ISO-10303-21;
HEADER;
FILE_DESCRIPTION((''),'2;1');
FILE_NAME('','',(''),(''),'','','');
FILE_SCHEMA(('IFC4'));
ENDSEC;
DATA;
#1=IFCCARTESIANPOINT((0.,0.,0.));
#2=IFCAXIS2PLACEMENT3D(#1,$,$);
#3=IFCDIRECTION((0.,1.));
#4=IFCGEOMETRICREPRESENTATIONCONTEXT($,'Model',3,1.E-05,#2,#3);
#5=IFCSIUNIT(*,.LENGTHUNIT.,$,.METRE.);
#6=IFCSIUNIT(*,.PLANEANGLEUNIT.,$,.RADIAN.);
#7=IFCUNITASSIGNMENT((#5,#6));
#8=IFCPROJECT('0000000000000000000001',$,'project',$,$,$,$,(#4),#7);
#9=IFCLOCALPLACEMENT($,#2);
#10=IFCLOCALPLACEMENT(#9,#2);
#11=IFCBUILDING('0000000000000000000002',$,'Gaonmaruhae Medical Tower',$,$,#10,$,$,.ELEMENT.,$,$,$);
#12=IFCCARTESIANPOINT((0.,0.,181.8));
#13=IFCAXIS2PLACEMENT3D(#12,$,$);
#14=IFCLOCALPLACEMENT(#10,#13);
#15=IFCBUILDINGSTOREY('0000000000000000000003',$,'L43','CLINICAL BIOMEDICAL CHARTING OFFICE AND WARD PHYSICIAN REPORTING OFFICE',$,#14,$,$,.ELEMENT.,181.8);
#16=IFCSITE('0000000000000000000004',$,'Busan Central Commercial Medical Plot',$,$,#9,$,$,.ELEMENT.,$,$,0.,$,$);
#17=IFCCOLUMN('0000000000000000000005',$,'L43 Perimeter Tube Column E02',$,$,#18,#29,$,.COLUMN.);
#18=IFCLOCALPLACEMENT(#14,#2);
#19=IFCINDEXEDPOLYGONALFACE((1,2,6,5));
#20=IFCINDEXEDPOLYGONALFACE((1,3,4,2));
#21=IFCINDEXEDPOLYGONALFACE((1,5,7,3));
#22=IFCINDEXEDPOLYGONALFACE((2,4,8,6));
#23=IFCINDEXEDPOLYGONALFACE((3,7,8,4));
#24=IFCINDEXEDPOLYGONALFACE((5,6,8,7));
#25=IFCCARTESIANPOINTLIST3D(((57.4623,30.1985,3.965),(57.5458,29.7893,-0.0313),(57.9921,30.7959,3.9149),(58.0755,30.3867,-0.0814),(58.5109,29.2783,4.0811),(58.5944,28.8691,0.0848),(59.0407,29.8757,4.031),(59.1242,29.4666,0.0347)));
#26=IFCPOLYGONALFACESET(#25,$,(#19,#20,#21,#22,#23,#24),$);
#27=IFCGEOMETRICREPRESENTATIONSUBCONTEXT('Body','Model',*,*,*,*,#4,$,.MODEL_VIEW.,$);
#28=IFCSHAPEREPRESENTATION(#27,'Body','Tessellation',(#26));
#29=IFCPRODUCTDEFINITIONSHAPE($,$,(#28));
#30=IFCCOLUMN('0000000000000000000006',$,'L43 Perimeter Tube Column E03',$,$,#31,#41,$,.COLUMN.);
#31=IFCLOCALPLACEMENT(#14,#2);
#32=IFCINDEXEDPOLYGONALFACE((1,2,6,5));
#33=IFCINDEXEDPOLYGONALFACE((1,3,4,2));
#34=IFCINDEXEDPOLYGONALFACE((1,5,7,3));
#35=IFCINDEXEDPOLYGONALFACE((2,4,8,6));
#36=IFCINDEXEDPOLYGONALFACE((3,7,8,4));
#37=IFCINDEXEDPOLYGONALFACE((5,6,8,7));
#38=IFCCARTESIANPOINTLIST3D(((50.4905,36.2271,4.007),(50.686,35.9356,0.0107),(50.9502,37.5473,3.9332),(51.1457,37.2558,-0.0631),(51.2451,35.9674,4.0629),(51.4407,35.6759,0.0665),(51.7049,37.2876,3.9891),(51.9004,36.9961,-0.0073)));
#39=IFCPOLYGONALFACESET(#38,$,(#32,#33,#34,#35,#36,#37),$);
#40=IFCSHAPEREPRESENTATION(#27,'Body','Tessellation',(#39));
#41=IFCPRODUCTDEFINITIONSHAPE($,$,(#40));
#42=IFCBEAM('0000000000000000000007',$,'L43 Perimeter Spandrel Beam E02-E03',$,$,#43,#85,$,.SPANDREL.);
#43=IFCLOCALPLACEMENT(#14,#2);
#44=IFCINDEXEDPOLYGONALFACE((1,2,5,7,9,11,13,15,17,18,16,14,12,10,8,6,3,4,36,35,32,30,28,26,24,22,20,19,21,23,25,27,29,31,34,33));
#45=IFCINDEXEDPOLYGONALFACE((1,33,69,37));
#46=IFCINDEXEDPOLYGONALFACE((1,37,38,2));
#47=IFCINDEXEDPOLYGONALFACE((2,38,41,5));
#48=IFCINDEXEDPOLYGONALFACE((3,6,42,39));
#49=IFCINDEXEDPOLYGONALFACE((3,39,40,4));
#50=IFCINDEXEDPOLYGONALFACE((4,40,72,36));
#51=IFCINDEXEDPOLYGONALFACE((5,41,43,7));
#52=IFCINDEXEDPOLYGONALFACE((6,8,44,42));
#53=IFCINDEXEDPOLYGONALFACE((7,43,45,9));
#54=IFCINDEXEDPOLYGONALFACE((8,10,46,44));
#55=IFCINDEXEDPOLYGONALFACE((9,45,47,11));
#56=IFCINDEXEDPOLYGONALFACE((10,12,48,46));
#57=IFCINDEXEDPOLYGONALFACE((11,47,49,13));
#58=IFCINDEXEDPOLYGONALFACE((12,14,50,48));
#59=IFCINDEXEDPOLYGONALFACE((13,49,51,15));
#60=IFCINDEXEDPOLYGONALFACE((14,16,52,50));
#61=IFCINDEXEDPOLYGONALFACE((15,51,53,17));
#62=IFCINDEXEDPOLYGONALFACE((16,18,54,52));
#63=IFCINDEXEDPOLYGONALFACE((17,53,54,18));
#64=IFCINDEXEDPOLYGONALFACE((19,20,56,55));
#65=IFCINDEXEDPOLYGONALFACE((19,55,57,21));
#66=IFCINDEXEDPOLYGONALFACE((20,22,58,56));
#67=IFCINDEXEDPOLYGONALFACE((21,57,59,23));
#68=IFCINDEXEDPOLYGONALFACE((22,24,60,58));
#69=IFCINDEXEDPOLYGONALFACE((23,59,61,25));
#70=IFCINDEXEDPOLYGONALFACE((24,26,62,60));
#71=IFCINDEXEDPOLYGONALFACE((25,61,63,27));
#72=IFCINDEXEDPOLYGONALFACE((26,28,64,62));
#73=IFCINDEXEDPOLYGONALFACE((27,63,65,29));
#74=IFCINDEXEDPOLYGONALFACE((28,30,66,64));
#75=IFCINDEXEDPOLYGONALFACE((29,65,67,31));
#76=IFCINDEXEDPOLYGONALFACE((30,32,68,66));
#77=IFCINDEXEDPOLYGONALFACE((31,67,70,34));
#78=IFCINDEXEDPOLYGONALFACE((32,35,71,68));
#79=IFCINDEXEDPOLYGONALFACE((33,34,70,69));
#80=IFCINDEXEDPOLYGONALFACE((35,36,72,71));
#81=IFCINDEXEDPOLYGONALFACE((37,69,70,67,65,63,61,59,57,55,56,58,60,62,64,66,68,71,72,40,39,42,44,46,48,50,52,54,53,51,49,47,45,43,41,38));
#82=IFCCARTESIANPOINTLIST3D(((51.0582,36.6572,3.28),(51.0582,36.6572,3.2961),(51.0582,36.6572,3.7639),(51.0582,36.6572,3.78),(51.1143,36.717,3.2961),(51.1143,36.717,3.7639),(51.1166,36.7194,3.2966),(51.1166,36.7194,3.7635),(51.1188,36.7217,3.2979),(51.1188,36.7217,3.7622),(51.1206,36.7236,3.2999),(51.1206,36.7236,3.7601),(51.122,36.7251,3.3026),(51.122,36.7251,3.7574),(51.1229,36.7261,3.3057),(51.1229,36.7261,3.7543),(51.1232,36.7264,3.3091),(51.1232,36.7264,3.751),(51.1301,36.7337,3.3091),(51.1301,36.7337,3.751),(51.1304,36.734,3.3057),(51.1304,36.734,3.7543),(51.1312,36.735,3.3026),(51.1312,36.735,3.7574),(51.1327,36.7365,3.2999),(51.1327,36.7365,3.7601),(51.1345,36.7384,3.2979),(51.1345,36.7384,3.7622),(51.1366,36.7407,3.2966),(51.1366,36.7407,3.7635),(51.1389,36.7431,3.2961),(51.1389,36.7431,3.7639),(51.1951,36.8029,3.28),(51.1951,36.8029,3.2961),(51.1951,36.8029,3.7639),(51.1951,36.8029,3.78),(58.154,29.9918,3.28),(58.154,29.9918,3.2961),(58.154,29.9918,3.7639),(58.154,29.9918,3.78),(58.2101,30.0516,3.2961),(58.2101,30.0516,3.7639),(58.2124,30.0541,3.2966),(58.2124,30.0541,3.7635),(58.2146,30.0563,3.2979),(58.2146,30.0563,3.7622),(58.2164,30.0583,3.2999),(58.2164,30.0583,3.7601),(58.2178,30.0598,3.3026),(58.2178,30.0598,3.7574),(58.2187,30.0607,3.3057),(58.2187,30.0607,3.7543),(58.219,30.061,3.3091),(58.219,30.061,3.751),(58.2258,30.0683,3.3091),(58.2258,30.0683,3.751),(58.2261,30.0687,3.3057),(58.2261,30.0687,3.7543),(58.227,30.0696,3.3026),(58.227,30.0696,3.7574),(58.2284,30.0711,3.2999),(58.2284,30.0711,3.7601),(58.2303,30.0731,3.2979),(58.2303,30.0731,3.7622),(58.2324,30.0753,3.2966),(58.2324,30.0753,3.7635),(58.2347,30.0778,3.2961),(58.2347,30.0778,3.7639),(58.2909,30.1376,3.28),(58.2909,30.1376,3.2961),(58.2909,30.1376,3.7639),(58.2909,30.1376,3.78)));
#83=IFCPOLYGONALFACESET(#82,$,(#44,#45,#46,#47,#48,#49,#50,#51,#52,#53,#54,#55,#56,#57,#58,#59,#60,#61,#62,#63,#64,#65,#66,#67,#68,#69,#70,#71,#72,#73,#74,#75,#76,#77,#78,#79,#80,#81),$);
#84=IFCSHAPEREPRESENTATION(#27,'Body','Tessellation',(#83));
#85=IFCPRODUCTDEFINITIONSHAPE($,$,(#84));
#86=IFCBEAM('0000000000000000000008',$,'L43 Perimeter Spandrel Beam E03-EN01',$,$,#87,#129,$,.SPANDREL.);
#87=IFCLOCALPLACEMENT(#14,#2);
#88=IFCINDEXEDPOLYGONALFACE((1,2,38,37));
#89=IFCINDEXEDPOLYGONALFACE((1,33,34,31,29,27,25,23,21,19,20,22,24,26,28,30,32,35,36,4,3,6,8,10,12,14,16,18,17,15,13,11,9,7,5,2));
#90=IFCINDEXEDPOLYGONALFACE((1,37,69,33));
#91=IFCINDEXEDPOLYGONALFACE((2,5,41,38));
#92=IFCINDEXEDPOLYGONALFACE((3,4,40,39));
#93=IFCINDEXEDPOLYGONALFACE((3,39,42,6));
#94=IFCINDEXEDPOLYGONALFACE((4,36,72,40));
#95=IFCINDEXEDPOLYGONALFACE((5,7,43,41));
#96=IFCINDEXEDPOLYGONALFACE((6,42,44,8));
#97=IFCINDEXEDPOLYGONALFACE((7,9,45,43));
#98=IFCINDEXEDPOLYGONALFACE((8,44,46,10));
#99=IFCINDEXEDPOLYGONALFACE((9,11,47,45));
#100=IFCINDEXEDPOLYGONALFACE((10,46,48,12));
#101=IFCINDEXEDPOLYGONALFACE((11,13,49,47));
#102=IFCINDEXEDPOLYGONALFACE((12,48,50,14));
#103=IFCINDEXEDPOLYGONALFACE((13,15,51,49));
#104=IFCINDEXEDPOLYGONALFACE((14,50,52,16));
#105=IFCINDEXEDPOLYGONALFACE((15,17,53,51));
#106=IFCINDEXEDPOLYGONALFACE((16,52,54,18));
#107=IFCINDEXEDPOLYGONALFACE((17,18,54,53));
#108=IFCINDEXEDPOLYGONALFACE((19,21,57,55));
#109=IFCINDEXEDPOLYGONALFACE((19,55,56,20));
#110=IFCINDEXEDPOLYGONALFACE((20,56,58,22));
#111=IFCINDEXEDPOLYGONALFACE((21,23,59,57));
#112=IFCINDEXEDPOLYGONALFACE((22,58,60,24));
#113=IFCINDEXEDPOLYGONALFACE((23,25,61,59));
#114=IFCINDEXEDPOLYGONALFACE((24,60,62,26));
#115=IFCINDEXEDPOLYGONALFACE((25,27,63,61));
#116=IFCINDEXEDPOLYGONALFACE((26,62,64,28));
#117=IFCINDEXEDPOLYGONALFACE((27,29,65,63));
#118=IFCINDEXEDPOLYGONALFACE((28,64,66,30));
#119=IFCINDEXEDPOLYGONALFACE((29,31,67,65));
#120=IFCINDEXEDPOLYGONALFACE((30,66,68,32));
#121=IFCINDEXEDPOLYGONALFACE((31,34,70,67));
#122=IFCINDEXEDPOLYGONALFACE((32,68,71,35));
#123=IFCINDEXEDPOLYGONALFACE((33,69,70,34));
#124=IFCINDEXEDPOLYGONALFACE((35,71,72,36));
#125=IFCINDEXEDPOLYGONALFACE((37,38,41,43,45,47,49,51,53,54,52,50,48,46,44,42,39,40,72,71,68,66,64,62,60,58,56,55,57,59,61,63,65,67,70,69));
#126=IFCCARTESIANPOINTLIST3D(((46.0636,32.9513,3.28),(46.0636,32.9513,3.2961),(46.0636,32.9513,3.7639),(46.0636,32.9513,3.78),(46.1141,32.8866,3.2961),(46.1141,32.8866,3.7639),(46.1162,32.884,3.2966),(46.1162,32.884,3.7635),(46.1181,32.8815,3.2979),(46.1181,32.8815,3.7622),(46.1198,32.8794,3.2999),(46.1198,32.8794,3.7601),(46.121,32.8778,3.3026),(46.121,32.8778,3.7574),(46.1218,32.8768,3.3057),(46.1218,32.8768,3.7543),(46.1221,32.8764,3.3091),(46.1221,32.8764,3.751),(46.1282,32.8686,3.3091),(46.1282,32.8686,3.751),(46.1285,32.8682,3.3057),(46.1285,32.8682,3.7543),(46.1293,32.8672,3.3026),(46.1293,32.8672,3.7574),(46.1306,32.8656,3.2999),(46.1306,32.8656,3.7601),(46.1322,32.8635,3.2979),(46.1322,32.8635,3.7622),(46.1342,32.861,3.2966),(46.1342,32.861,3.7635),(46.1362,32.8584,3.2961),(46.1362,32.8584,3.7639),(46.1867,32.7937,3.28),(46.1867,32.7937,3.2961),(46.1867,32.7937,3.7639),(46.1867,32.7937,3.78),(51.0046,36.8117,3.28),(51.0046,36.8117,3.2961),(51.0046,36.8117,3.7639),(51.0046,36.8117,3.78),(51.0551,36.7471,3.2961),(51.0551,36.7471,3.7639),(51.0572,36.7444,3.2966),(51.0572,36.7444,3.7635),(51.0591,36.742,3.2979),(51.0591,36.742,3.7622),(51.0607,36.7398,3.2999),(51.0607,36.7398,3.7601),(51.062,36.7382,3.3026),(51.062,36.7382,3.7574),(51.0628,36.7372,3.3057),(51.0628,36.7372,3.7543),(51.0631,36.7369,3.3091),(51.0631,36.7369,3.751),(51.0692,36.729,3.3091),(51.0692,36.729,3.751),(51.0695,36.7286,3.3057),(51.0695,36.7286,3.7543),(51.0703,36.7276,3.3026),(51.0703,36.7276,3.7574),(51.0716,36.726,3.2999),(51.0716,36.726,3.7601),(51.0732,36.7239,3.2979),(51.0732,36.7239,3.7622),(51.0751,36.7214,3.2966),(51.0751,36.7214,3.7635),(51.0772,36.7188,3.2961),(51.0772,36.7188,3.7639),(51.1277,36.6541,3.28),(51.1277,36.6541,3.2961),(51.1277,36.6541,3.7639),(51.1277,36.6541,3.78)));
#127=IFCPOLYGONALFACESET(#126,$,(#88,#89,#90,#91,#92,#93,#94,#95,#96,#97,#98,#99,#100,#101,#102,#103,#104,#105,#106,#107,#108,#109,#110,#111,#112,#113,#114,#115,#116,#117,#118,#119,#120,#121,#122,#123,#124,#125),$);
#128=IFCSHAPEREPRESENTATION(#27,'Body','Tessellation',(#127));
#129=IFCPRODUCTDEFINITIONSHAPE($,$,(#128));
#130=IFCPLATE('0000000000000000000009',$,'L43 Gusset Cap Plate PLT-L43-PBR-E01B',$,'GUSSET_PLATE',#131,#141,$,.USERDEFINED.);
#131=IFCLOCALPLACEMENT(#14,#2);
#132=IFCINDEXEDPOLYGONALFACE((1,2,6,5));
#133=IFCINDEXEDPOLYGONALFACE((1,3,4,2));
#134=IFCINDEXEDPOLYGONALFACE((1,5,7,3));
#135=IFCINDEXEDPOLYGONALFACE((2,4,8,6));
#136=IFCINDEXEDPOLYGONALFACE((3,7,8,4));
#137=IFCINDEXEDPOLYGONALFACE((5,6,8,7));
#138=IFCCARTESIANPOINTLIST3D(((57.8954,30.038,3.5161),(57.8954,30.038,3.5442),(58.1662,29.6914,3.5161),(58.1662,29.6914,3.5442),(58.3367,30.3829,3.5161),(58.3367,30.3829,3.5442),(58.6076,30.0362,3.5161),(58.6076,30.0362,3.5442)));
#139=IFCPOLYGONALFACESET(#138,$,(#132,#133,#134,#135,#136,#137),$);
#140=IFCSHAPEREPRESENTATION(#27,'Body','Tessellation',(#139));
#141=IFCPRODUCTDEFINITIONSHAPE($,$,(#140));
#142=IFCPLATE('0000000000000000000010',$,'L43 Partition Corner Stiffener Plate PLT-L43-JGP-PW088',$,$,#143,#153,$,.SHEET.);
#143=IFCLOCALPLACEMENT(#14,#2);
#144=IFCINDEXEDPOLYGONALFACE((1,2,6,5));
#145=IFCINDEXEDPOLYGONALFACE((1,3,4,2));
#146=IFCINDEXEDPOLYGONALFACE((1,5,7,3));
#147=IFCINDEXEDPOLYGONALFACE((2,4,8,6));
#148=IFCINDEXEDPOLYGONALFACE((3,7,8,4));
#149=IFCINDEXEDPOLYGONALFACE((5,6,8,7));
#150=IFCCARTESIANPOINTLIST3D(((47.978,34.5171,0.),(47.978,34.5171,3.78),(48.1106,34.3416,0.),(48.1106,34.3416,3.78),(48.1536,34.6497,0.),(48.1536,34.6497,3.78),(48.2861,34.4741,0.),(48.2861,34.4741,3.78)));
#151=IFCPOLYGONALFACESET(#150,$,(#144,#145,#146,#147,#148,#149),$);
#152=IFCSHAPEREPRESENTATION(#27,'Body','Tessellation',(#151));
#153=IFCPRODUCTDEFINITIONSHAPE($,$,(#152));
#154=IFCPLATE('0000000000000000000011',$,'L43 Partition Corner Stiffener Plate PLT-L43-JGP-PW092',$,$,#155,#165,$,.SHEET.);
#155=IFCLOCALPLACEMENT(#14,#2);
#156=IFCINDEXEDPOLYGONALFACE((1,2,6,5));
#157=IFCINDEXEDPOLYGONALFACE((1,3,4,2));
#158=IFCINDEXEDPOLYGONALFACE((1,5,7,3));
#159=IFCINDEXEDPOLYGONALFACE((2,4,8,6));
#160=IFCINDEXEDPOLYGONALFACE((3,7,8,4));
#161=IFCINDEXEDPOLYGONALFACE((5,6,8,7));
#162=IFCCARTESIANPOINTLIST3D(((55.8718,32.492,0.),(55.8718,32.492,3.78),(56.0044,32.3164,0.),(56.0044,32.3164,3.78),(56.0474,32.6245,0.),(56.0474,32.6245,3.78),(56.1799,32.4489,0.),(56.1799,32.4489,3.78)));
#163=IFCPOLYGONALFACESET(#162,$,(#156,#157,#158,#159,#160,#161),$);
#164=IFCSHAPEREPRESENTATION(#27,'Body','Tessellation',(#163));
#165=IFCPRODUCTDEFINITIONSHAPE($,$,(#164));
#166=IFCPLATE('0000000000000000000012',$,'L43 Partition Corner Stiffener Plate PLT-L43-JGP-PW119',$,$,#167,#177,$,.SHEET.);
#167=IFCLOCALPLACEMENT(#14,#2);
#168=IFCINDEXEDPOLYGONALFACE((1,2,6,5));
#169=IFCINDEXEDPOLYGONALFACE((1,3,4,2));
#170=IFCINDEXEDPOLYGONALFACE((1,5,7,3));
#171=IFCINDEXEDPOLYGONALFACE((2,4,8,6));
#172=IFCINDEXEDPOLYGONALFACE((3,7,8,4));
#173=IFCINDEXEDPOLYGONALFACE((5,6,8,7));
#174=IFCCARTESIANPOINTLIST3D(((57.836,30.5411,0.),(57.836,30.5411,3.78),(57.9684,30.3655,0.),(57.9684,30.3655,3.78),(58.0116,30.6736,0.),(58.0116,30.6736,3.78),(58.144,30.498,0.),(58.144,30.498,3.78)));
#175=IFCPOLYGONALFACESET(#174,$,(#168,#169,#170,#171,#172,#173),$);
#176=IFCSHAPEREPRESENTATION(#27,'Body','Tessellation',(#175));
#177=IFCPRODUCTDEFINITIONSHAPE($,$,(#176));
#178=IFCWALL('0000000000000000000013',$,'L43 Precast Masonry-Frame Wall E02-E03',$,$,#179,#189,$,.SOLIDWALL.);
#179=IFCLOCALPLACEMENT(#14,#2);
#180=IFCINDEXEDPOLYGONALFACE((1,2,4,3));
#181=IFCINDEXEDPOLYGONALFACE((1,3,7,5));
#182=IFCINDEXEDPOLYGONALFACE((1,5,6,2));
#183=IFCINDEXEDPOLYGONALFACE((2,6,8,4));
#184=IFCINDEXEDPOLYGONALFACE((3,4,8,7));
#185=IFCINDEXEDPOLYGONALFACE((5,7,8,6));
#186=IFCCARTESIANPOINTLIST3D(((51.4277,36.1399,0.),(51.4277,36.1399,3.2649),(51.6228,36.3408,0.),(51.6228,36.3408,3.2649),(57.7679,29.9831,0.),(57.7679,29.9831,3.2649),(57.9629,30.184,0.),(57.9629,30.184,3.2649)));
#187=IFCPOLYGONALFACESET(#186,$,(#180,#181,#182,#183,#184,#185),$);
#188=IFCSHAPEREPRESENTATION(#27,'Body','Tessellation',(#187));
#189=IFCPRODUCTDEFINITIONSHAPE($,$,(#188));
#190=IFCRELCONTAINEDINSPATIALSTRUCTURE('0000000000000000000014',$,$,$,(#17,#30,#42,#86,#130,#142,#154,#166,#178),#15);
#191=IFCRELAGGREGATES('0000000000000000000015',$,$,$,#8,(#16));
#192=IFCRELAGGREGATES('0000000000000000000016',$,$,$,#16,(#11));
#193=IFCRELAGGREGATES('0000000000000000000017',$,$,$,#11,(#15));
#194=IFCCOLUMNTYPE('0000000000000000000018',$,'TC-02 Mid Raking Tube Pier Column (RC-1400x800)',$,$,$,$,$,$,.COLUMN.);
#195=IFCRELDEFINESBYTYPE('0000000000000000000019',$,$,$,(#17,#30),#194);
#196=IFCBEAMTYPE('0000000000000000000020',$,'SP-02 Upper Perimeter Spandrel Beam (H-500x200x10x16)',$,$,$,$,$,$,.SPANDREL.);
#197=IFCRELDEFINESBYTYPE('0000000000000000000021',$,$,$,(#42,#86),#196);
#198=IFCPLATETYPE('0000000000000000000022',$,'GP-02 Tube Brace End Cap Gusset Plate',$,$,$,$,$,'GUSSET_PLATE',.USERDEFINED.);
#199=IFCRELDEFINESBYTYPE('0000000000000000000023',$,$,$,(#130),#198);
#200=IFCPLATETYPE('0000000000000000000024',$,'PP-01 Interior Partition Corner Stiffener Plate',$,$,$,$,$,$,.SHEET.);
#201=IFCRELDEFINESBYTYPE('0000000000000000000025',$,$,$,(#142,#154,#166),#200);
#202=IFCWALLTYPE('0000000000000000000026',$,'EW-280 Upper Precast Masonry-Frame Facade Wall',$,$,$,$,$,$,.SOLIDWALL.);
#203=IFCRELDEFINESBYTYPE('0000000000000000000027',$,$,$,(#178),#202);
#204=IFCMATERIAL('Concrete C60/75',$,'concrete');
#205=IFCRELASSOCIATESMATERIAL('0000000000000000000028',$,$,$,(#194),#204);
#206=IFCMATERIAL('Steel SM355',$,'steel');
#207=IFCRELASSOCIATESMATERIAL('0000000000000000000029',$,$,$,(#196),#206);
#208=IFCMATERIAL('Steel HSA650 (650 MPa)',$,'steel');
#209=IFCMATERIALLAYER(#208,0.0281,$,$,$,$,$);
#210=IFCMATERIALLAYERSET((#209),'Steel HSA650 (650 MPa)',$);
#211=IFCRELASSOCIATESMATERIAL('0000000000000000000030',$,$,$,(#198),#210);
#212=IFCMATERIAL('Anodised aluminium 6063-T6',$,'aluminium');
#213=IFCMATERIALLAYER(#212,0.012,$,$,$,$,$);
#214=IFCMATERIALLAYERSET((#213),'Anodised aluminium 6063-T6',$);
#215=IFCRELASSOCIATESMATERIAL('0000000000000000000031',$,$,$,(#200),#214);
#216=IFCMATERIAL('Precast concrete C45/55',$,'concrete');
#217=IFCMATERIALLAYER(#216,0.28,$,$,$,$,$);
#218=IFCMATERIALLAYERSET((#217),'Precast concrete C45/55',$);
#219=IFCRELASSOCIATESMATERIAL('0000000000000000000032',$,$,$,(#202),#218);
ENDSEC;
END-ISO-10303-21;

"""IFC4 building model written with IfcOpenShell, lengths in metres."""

from ifc_helpers import new_model, si_unit, direction, frame, frame_2d, origin, origin_2d, place, context, subcontext, project, spatial, rectangle, i_section, extrude, material, layer, layer_set, material_profile, profile_set, type_object, element, save


model = new_model("IFC4")

# Units and contexts
model_context = context("Model", 3, precision=1e-05, world=origin(), true_north=direction((0.0, 1.0)))
body_context = subcontext(model_context, "Body", "Model", "MODEL_VIEW")
ifc_project = project(units=[si_unit("LENGTHUNIT", "METRE"), si_unit("PLANEANGLEUNIT", "RADIAN")], contexts=[model_context])

# Site, building, storey
site_placement = place(None, origin())
site = spatial("IfcSite", under=ifc_project, at=site_placement, Name="Busan Central Commercial Medical Plot", CompositionType="ELEMENT", RefElevation=0.0)
building_placement = place(site_placement, origin())
building = spatial("IfcBuilding", under=site, at=building_placement, Name="Gaonmaruhae Medical Tower", CompositionType="ELEMENT")
storey_placement = place(building_placement, frame((0.0, 0.0, 181.8)))
storey = spatial("IfcBuildingStorey", under=building, at=storey_placement, Name="L43", Description="CLINICAL BIOMEDICAL CHARTING OFFICE AND WARD PHYSICIAN REPORTING OFFICE", CompositionType="ELEMENT", Elevation=181.8)

# Columns
ifc_material_1 = material(Name="Concrete C60/75", Category="concrete")
ifc_material_profile_1 = material_profile(ifc_material_1, rectangle(XDim=1.3999, YDim=0.8, at=origin_2d()), Name="RC-1400x800")
ifc_profile_set_1 = profile_set([ifc_material_profile_1], Name="Concrete C60/75")
column_type = type_object("IfcColumnType", Name="TC-02 Mid Raking Tube Pier Column (RC-1400x800)", PredefinedType="COLUMN", material=ifc_profile_set_1)
column_1_placement = place(storey_placement, frame((58.335, 29.6279, 0.0017), z_axis=(-0.02078, 0.101834, 0.994584), x_axis=(0.749054, -0.657296, 0.08295)))
element("IfcColumn", 1, at=column_1_placement, inside=storey, type_object=column_type, Name="L43 Perimeter Tube Column E02", PredefinedType="COLUMN", context=body_context, shape_type="SweptSolid", body=[
    extrude(rectangle(XDim=1.3999, YDim=0.8, at=origin_2d()), origin(), (0.0, 0.0, 1.0), 4.0181),
])
column_2_placement = place(storey_placement, frame((51.2932, 36.4658, 0.0017), z_axis=(-0.048746, 0.072663, 0.996165), x_axis=(-0.328409, -0.943063, 0.052719)))
element("IfcColumn", 2, at=column_2_placement, inside=storey, type_object=column_type, Name="L43 Perimeter Tube Column E03", PredefinedType="COLUMN", context=body_context, shape_type="SweptSolid", body=[
    extrude(rectangle(XDim=1.3999, YDim=0.8, at=origin_2d()), origin(), (0.0, 0.0, 1.0), 4.0117),
])

# Beams
ifc_material_2 = material(Name="Steel SM355", Category="steel")
ifc_material_profile_2 = material_profile(ifc_material_2, i_section(OverallWidth=0.2, OverallDepth=0.5, WebThickness=0.01, FlangeThickness=0.0161, FilletRadius=0.0129, at=origin_2d()), Name="H-500x200x10x16")
ifc_profile_set_2 = profile_set([ifc_material_profile_2], Name="Steel SM355")
beam_type = type_object("IfcBeamType", Name="SP-02 Upper Perimeter Spandrel Beam (H-500x200x10x16)", PredefinedType="SPANDREL", material=ifc_profile_set_2)
beam_1_placement = place(storey_placement, frame((58.2224, 30.0647, 3.53), z_axis=(-0.728867, 0.684655, 0.0), x_axis=(-0.684655, -0.728867, 0.0)))
element("IfcBeam", 3, at=beam_1_placement, inside=storey, type_object=beam_type, Name="L43 Perimeter Spandrel Beam E02-E03", PredefinedType="SPANDREL", context=body_context, shape_type="SweptSolid", body=[
    extrude(i_section(OverallWidth=0.2, OverallDepth=0.5, WebThickness=0.01, FlangeThickness=0.0161, FilletRadius=0.0129, at=origin_2d()), origin(), (0.0, 0.0, 1.0), 9.7354),
])
beam_2_placement = place(storey_placement, frame((51.0662, 36.7329, 3.53), z_axis=(-0.788004, -0.61567, 0.0), x_axis=(0.61567, -0.788004, 0.0)))
element("IfcBeam", 4, at=beam_2_placement, inside=storey, type_object=beam_type, Name="L43 Perimeter Spandrel Beam E03-EN01", PredefinedType="SPANDREL", context=body_context, shape_type="SweptSolid", body=[
    extrude(i_section(OverallWidth=0.2, OverallDepth=0.5, WebThickness=0.01, FlangeThickness=0.0161, FilletRadius=0.0129, at=origin_2d()), origin(), (0.0, 0.0, 1.0), 6.2703),
])

# Plates
ifc_material_3 = material(Name="Steel HSA650 (650 MPa)", Category="steel")
ifc_layer_1 = layer(ifc_material_3, 0.0281)
ifc_layer_set_1 = layer_set([ifc_layer_1], Name="Steel HSA650 (650 MPa)")
plate_type_1 = type_object("IfcPlateType", Name="GP-02 Tube Brace End Cap Gusset Plate", ElementType="GUSSET_PLATE", PredefinedType="USERDEFINED", material=ifc_layer_set_1)
plate_placement = place(storey_placement, frame((58.2515, 30.0371, 3.5161), z_axis=(0.0, 0.0, 1.0), x_axis=(0.788011, 0.615661, 0.0)))
element("IfcPlate", 5, at=plate_placement, inside=storey, type_object=plate_type_1, Name="L43 Gusset Cap Plate PLT-L43-PBR-E01B", ObjectType="GUSSET_PLATE", PredefinedType="USERDEFINED", context=body_context, shape_type="SweptSolid", body=[
    extrude(rectangle(XDim=0.5601, YDim=0.4399, at=origin_2d()), origin(), (0.0, 0.0, 1.0), 0.0281),
])
ifc_material_4 = material(Name="Anodised aluminium 6063-T6", Category="aluminium")
ifc_layer_2 = layer(ifc_material_4, 0.012)
ifc_layer_set_2 = layer_set([ifc_layer_2], Name="Anodised aluminium 6063-T6")
plate_type_2 = type_object("IfcPlateType", Name="PP-01 Interior Partition Corner Stiffener Plate", PredefinedType="SHEET", material=ifc_layer_set_2)
for number, where, z_axis, x_axis, name in (
    (6, (48.1321, 34.4956, 0.0), (0.0, 0.0, 1.0), (0.602567, -0.798068, 0.0), "L43 Partition Corner Stiffener Plate PLT-L43-JGP-PW088"),
    (7, (56.0259, 32.4705, 0.0), (0.0, 0.0, 1.0), (-0.798121, -0.602498, 0.0), "L43 Partition Corner Stiffener Plate PLT-L43-JGP-PW092"),
    (8, (57.99, 30.5195, 0.0), (0.0, 0.0, 1.0), (0.798331, 0.602219, 0.0), "L43 Partition Corner Stiffener Plate PLT-L43-JGP-PW119"),
):
    element("IfcPlate", number, at=place(storey_placement, frame(where, z_axis=z_axis, x_axis=x_axis)), inside=storey, type_object=plate_type_2, Name=name, PredefinedType="SHEET", context=body_context, shape_type="SweptSolid", body=[
        extrude(rectangle(XDim=0.22, YDim=0.22, at=origin_2d()), origin(), (0.0, 0.0, 1.0), 3.78),
    ])

# Wall
ifc_material_5 = material(Name="Precast concrete C45/55", Category="concrete")
ifc_layer_3 = layer(ifc_material_5, 0.28)
ifc_layer_set_3 = layer_set([ifc_layer_3], Name="Precast concrete C45/55")
wall_type_1 = type_object("IfcWallType", Name="EW-280 Upper Precast Masonry-Frame Facade Wall", PredefinedType="SOLIDWALL", material=ifc_layer_set_3)
wall_1_placement = place(storey_placement, frame((51.5251, 36.2405, 0.0), z_axis=(0.0, 0.0, 1.0), x_axis=(0.717404, -0.696657, 0.0)))
element("IfcWall", 9, at=wall_1_placement, inside=storey, type_object=wall_type_1, Name="L43 Precast Masonry-Frame Wall E02-E03", PredefinedType="SOLIDWALL", context=body_context, shape_type="SweptSolid", body=[
    extrude(rectangle(XDim=8.8376, YDim=0.28, at=frame_2d((4.4189, 0.0))), origin(), (0.0, 0.0, 1.0), 3.2649),
])

save(model, "model.ifc")
